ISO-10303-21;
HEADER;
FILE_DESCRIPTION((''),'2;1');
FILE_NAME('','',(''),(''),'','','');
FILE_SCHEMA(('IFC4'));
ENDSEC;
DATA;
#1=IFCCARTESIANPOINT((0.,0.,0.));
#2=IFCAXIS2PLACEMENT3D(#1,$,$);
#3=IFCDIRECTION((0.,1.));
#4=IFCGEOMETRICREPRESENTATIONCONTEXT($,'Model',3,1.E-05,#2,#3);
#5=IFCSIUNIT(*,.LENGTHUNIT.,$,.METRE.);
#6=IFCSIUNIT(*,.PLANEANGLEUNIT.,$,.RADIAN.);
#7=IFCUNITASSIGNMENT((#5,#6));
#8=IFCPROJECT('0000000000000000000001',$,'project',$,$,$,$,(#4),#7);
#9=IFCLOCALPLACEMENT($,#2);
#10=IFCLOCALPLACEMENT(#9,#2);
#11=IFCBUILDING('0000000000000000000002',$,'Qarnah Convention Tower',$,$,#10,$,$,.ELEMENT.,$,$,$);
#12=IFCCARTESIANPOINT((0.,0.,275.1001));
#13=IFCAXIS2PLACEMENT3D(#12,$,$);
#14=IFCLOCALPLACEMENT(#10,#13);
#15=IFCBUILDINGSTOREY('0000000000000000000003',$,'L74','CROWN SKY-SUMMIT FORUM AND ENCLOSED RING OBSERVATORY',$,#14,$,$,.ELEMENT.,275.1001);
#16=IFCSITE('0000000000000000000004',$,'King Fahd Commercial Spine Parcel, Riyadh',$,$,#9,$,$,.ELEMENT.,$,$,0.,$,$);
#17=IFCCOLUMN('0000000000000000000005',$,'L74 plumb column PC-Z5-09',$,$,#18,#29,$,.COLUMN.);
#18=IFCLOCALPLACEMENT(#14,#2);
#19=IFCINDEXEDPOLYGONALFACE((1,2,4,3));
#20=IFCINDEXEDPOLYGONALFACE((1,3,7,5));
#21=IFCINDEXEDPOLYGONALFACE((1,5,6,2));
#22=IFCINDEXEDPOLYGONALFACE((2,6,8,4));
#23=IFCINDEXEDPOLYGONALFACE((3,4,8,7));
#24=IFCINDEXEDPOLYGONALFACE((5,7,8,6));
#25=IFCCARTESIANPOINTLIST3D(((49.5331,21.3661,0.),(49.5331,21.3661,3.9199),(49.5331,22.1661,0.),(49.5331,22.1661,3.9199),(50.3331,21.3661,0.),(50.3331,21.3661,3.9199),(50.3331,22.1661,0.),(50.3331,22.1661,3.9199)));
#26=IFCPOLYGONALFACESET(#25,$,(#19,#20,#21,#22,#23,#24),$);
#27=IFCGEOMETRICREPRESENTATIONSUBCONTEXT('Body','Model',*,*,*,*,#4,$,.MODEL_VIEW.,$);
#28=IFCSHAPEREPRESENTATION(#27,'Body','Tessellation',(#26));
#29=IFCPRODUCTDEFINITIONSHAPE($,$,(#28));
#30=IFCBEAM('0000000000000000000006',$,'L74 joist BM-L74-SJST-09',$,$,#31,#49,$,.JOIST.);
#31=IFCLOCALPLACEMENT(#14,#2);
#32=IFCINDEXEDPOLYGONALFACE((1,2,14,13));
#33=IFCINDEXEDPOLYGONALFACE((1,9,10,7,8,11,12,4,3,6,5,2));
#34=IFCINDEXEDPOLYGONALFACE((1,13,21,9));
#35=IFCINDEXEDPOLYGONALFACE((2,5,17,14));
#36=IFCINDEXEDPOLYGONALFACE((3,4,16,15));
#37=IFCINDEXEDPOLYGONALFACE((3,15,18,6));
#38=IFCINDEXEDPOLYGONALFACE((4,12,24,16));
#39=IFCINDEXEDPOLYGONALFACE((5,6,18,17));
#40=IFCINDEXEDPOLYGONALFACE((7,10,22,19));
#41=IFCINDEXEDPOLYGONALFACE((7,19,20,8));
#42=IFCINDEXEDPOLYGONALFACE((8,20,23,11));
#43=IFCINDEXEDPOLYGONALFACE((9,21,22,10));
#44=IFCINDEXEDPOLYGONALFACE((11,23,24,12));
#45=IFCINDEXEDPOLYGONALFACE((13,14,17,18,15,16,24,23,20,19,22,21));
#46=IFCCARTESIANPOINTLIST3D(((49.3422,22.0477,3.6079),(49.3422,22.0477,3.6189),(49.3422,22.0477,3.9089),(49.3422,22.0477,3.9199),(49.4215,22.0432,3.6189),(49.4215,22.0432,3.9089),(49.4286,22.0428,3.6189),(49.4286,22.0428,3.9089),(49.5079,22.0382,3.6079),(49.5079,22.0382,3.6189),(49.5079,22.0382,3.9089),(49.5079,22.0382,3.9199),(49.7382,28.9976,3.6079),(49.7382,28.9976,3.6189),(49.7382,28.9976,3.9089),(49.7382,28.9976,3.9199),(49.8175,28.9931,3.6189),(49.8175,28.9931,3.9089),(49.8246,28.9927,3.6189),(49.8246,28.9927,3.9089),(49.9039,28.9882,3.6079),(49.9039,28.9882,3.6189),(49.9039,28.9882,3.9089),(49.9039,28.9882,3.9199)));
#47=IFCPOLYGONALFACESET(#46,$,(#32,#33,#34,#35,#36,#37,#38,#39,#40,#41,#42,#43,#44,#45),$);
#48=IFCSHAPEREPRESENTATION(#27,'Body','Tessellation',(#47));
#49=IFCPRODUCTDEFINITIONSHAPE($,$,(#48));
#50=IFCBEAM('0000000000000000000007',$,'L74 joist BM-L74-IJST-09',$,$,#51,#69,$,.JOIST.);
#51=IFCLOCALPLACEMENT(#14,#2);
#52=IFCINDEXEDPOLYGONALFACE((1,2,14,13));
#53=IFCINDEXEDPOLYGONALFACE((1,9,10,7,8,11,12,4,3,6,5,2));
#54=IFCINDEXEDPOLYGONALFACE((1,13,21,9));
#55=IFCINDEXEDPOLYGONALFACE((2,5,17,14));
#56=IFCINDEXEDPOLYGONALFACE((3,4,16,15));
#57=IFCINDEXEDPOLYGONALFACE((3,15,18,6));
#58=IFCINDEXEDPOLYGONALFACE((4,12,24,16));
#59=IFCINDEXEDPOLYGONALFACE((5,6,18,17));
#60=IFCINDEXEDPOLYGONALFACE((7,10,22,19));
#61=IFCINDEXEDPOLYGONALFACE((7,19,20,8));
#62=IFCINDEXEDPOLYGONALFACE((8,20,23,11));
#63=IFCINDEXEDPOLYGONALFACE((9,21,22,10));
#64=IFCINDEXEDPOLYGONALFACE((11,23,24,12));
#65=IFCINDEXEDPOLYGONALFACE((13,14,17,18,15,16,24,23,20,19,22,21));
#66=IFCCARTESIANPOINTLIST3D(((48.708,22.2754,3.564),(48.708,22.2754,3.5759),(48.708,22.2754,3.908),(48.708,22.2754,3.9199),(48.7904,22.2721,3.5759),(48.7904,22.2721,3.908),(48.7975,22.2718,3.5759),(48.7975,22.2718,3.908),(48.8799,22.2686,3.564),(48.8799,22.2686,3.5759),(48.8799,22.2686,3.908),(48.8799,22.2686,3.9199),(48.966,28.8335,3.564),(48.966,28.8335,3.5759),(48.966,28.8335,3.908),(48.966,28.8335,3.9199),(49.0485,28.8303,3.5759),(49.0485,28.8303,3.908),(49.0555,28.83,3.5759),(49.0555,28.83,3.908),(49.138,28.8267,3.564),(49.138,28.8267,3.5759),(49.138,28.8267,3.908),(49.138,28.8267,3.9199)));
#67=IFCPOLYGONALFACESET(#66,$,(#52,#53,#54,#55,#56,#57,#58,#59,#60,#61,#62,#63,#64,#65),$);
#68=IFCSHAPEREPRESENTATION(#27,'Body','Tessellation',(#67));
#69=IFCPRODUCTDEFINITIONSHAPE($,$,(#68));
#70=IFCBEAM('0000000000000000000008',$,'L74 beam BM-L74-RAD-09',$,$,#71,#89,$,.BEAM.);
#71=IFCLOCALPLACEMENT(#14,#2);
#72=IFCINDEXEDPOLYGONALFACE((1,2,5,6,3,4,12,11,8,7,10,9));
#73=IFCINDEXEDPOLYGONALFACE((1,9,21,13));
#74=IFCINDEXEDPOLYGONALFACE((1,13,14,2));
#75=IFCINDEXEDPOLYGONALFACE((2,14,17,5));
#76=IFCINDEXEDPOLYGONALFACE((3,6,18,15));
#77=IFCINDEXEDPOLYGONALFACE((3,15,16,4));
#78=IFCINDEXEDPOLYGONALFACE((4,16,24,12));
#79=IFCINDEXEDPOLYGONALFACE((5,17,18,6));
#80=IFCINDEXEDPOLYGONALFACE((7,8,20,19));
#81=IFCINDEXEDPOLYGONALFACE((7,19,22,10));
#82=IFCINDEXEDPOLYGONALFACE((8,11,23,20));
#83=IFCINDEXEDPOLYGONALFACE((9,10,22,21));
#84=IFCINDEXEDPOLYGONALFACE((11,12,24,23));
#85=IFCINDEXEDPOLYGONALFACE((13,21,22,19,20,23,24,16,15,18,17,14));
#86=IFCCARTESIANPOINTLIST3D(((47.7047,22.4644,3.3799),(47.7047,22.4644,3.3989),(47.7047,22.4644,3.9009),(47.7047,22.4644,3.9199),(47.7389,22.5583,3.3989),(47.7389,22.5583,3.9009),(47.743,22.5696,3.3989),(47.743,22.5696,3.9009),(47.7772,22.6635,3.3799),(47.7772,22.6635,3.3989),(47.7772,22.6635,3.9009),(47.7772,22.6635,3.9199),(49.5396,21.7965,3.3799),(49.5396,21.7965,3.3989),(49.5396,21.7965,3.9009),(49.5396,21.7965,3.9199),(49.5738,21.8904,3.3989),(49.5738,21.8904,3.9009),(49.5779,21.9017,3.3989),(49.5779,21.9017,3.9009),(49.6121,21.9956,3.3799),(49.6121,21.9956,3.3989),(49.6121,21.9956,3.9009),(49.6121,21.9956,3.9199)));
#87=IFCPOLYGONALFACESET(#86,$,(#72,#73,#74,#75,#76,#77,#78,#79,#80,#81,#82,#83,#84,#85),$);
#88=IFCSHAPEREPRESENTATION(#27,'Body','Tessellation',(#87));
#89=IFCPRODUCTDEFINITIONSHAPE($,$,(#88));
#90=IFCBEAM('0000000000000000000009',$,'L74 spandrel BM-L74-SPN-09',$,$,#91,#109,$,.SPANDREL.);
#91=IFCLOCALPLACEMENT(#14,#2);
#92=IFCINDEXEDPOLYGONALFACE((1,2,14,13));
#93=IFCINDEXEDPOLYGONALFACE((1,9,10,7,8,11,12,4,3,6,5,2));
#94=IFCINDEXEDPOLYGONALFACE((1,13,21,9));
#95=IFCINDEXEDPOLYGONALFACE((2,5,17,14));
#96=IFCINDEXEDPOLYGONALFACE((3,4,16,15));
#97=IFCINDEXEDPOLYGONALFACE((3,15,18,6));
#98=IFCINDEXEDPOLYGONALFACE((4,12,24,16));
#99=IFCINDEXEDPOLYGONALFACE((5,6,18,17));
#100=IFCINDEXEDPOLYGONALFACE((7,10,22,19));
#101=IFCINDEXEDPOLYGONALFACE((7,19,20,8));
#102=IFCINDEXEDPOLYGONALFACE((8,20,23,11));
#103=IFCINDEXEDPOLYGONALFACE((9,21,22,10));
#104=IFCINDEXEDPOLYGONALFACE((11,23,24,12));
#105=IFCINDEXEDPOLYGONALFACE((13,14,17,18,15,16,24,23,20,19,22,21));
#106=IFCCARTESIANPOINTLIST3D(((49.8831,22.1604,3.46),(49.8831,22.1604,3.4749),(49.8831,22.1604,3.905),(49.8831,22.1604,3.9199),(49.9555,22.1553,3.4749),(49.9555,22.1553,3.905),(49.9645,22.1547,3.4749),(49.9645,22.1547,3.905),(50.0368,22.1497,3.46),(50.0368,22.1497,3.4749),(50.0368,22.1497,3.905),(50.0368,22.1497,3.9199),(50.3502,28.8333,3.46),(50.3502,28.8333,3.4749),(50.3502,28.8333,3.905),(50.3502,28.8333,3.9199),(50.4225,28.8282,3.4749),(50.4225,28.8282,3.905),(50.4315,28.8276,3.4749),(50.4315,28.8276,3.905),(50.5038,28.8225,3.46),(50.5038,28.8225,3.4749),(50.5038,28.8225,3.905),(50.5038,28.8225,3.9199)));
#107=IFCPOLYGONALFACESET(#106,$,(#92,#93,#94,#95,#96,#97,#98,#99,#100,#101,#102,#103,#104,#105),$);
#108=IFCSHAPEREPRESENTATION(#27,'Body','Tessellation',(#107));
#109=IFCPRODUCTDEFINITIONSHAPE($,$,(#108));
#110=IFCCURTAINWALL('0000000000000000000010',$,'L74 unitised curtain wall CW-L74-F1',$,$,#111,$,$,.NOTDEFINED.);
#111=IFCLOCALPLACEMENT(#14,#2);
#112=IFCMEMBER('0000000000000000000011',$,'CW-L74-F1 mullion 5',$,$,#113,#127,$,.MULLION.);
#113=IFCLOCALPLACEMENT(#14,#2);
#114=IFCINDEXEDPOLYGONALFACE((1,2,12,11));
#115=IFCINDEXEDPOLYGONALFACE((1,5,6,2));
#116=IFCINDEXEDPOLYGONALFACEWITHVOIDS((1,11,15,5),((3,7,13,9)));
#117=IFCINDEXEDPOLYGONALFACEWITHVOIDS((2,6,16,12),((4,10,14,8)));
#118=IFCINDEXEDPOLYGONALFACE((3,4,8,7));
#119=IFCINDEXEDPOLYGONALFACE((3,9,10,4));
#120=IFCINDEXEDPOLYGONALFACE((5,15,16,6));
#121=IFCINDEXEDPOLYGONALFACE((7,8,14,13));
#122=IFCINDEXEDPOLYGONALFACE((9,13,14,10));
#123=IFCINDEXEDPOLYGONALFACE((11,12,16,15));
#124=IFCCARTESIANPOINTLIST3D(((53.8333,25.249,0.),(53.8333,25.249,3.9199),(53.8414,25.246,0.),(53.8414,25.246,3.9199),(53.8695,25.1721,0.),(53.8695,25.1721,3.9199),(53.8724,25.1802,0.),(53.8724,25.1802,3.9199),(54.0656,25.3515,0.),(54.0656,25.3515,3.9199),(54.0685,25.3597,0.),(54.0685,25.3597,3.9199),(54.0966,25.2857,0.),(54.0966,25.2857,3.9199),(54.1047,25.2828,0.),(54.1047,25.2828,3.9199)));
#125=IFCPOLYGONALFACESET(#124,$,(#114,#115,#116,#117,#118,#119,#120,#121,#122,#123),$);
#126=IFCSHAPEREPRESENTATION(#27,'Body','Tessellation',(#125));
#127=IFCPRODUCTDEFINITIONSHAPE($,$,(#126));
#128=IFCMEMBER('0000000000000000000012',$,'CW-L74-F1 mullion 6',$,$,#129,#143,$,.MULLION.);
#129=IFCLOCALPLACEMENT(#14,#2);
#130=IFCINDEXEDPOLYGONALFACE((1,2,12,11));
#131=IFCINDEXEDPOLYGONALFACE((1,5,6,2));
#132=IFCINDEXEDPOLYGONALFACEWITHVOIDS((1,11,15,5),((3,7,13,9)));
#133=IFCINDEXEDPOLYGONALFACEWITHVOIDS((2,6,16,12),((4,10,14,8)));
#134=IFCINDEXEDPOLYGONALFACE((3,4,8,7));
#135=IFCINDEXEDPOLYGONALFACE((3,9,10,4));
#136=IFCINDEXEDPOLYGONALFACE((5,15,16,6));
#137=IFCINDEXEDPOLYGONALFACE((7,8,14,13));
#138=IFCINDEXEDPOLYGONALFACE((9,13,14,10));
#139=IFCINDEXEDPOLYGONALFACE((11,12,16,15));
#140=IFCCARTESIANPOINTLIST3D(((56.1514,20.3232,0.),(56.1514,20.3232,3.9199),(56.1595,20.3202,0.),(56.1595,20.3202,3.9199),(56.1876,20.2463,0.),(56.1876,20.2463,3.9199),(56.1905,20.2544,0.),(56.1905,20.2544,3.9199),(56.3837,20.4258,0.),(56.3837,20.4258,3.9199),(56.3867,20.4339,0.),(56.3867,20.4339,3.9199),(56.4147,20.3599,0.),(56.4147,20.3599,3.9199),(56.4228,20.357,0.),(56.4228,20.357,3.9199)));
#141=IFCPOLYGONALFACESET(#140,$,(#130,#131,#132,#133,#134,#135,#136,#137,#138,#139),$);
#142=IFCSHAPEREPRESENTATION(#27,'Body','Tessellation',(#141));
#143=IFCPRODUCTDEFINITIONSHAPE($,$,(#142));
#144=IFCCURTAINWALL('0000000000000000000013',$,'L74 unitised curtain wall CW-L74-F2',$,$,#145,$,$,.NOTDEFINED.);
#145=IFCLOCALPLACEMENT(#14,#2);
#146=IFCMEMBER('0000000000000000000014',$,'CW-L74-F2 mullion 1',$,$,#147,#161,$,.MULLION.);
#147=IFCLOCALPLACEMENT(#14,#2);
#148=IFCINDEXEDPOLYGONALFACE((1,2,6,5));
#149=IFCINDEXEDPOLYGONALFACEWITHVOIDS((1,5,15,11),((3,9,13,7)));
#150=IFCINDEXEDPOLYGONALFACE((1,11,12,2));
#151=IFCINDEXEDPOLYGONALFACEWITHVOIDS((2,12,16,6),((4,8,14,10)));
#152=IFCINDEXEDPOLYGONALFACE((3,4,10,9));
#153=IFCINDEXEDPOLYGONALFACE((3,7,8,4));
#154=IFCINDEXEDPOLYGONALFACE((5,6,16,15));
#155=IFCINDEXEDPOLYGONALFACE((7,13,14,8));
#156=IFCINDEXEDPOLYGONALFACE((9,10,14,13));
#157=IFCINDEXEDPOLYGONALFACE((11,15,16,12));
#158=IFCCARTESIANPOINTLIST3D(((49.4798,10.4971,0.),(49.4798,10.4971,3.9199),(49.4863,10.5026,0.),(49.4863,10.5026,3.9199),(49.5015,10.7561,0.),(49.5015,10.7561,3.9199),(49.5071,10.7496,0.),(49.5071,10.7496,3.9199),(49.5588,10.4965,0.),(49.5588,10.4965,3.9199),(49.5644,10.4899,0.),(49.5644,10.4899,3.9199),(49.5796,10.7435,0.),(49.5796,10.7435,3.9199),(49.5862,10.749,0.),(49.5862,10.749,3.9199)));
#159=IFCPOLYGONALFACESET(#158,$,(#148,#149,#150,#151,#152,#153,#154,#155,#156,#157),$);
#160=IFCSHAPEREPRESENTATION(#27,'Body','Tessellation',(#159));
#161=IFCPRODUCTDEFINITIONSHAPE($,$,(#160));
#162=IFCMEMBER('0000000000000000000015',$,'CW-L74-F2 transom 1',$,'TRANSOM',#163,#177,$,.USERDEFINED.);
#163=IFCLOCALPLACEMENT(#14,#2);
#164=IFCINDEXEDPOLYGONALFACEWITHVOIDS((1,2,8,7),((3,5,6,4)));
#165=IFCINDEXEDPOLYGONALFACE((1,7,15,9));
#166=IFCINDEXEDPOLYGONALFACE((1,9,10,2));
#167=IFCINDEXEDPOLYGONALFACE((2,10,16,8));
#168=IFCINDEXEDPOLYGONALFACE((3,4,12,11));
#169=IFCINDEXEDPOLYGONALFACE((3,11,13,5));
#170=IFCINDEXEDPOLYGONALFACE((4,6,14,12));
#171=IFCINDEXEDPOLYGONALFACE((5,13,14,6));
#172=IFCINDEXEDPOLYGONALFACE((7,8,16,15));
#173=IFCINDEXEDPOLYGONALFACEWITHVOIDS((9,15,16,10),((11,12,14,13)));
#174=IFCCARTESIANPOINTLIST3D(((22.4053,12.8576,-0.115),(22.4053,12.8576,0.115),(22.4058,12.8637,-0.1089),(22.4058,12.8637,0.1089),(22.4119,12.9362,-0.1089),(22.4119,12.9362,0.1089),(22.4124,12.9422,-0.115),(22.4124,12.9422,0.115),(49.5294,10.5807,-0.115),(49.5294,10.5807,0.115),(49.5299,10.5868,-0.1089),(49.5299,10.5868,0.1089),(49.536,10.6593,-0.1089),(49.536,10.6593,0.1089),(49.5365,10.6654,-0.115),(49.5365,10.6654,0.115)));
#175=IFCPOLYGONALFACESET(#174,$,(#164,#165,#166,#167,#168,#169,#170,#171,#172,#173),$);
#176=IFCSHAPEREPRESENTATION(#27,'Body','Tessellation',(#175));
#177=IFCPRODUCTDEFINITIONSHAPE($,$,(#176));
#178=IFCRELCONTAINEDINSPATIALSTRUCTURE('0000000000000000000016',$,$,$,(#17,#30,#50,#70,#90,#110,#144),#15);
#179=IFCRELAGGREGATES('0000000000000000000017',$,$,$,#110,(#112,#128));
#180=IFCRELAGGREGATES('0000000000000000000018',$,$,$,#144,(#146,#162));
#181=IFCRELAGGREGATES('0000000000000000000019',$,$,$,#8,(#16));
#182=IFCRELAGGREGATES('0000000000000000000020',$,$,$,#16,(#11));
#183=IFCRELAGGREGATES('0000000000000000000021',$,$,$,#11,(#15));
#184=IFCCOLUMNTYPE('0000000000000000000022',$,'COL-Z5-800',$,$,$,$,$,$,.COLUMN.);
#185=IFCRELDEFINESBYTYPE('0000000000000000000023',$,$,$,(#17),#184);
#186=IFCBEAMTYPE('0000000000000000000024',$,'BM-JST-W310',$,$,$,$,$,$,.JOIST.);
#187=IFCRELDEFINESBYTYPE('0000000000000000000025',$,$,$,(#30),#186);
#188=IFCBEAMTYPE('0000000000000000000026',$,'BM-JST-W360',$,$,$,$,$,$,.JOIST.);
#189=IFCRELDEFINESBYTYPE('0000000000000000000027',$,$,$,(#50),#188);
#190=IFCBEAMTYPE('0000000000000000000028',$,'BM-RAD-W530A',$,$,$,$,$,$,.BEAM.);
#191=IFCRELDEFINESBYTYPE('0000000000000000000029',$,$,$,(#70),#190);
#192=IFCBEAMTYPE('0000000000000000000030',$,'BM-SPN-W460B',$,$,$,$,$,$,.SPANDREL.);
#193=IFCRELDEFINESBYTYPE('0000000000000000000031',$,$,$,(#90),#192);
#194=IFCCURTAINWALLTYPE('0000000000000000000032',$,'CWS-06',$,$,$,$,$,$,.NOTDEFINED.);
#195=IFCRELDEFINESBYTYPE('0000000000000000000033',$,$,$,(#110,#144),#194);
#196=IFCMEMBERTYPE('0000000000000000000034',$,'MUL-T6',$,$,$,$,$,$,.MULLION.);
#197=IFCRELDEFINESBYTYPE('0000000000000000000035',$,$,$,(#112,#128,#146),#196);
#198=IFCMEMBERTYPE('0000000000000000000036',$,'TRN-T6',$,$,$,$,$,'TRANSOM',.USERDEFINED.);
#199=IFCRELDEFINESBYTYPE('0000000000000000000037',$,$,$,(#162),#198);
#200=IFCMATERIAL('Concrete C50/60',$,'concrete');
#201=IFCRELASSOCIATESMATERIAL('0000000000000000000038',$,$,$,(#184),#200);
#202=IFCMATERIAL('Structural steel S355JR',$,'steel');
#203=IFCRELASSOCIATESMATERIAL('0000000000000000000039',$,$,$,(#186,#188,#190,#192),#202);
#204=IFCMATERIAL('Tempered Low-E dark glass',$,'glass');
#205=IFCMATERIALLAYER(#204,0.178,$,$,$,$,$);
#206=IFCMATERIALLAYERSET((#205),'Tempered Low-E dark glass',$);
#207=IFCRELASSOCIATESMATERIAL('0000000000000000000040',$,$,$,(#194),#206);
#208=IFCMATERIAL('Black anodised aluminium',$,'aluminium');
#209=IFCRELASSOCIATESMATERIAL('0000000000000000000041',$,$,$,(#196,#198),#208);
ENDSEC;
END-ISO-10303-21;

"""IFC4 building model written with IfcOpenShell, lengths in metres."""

from ifc_helpers import new_model, si_unit, direction, frame, origin, origin_2d, place, context, subcontext, project, spatial, rectangle, hollow_rectangle, i_section, extrude, material, layer, layer_set, material_profile, profile_set, type_object, element, aggregate, save


model = new_model("IFC4")

# Units and contexts
model_context = context("Model", 3, precision=1e-05, world=origin(), true_north=direction((0.0, 1.0)))
body_context = subcontext(model_context, "Body", "Model", "MODEL_VIEW")
ifc_project = project(units=[si_unit("LENGTHUNIT", "METRE"), si_unit("PLANEANGLEUNIT", "RADIAN")], contexts=[model_context])

# Site, building, storey
site_placement = place(None, origin())
site = spatial("IfcSite", under=ifc_project, at=site_placement, Name="King Fahd Commercial Spine Parcel, Riyadh", CompositionType="ELEMENT", RefElevation=0.0)
building_placement = place(site_placement, origin())
building = spatial("IfcBuilding", under=site, at=building_placement, Name="Qarnah Convention Tower", CompositionType="ELEMENT")
storey_placement = place(building_placement, frame((0.0, 0.0, 275.1001)))
storey = spatial("IfcBuildingStorey", under=building, at=storey_placement, Name="L74", Description="CROWN SKY-SUMMIT FORUM AND ENCLOSED RING OBSERVATORY", CompositionType="ELEMENT", Elevation=275.1001)

# Column
ifc_material_1 = material(Name="Concrete C50/60", Category="concrete")
ifc_material_profile_1 = material_profile(ifc_material_1, rectangle(XDim=0.8, YDim=0.8, at=origin_2d()), Name="RC-COL-800X800")
ifc_profile_set_1 = profile_set([ifc_material_profile_1], Name="Concrete C50/60")
column_type = type_object("IfcColumnType", Name="COL-Z5-800", PredefinedType="COLUMN", material=ifc_profile_set_1)
column_placement = place(storey_placement, frame((49.9331, 21.7661, 0.0), z_axis=(0.0, 0.0, 1.0), x_axis=(1.0, 0.0, 0.0)))
element("IfcColumn", 1, at=column_placement, inside=storey, type_object=column_type, Name="L74 plumb column PC-Z5-09", PredefinedType="COLUMN", context=body_context, shape_type="SweptSolid", body=[
    extrude(rectangle(XDim=0.8, YDim=0.8, at=origin_2d()), origin(), (0.0, 0.0, 1.0), 3.9199),
])

# Beams
ifc_material_2 = material(Name="Structural steel S355JR", Category="steel")
ifc_material_profile_2 = material_profile(ifc_material_2, i_section(OverallWidth=0.166, OverallDepth=0.312, WebThickness=0.0071, FlangeThickness=0.011, at=origin_2d()), Name="W310X45")
ifc_profile_set_2 = profile_set([ifc_material_profile_2], Name="Structural steel S355JR")
beam_type_1 = type_object("IfcBeamType", Name="BM-JST-W310", PredefinedType="JOIST", material=ifc_profile_set_2)
beam_1_placement = place(storey_placement, frame((49.425, 22.043, 3.7639), z_axis=(0.056886, 0.998381, 0.0), x_axis=(-0.998381, 0.056886, 0.0)))
element("IfcBeam", 2, at=beam_1_placement, inside=storey, type_object=beam_type_1, Name="L74 joist BM-L74-SJST-09", PredefinedType="JOIST", context=body_context, shape_type="SweptSolid", body=[
    extrude(i_section(OverallWidth=0.166, OverallDepth=0.312, WebThickness=0.0071, FlangeThickness=0.011, at=origin_2d()), origin(), (0.0, 0.0, 1.0), 6.9612),
])
ifc_material_profile_3 = material_profile(ifc_material_2, i_section(OverallWidth=0.1721, OverallDepth=0.356, WebThickness=0.0071, FlangeThickness=0.012, at=origin_2d()), Name="W360X51")
ifc_profile_set_3 = profile_set([ifc_material_profile_3], Name="Structural steel S355JR")
beam_type_2 = type_object("IfcBeamType", Name="BM-JST-W360", PredefinedType="JOIST", material=ifc_profile_set_3)
beam_2_placement = place(storey_placement, frame((48.7939, 22.272, 3.7419), z_axis=(0.039319, 0.999227, 0.0), x_axis=(-0.999227, 0.039319, 0.0)))
element("IfcBeam", 3, at=beam_2_placement, inside=storey, type_object=beam_type_2, Name="L74 joist BM-L74-IJST-09", PredefinedType="JOIST", context=body_context, shape_type="SweptSolid", body=[
    extrude(i_section(OverallWidth=0.1721, OverallDepth=0.356, WebThickness=0.0071, FlangeThickness=0.012, at=origin_2d()), origin(), (0.0, 0.0, 1.0), 6.5632),
])
ifc_material_profile_4 = material_profile(ifc_material_2, i_section(OverallWidth=0.2119, OverallDepth=0.54, WebThickness=0.012, FlangeThickness=0.019, at=origin_2d()), Name="W530X109")
ifc_profile_set_4 = profile_set([ifc_material_profile_4], Name="Structural steel S355JR")
beam_type_3 = type_object("IfcBeamType", Name="BM-RAD-W530A", PredefinedType="BEAM", material=ifc_profile_set_4)
beam_3_placement = place(storey_placement, frame((47.741, 22.564, 3.6499), z_axis=(0.939677, -0.342064, 0.0), x_axis=(0.342064, 0.939677, 0.0)))
element("IfcBeam", 4, at=beam_3_placement, inside=storey, type_object=beam_type_3, Name="L74 beam BM-L74-RAD-09", PredefinedType="BEAM", context=body_context, shape_type="SweptSolid", body=[
    extrude(i_section(OverallWidth=0.2119, OverallDepth=0.54, WebThickness=0.012, FlangeThickness=0.019, at=origin_2d()), origin(), (0.0, 0.0, 1.0), 1.9526),
])
ifc_material_profile_5 = material_profile(ifc_material_2, i_section(OverallWidth=0.1541, OverallDepth=0.46, WebThickness=0.009, FlangeThickness=0.0149, at=origin_2d()), Name="W460X68")
ifc_profile_set_5 = profile_set([ifc_material_profile_5], Name="Structural steel S355JR")
beam_type_4 = type_object("IfcBeamType", Name="BM-SPN-W460B", PredefinedType="SPANDREL", material=ifc_profile_set_5)
beam_4_placement = place(storey_placement, frame((49.96, 22.155, 3.6899), z_axis=(0.06982, 0.99756, 0.0), x_axis=(-0.99756, 0.06982, 0.0)))
element("IfcBeam", 5, at=beam_4_placement, inside=storey, type_object=beam_type_4, Name="L74 spandrel BM-L74-SPN-09", PredefinedType="SPANDREL", context=body_context, shape_type="SweptSolid", body=[
    extrude(i_section(OverallWidth=0.1541, OverallDepth=0.46, WebThickness=0.009, FlangeThickness=0.0149, at=origin_2d()), origin(), (0.0, 0.0, 1.0), 6.6892),
])

# Curtain walls, members
ifc_material_3 = material(Name="Tempered Low-E dark glass", Category="glass")
ifc_layer_1 = layer(ifc_material_3, 0.178)
ifc_layer_set_1 = layer_set([ifc_layer_1], Name="Tempered Low-E dark glass")
curtain_wall_type = type_object("IfcCurtainWallType", Name="CWS-06", PredefinedType="NOTDEFINED", material=ifc_layer_set_1)
curtain_wall_1_placement = place(storey_placement, origin())
curtain_wall_1 = element("IfcCurtainWall", 6, at=curtain_wall_1_placement, inside=storey, type_object=curtain_wall_type, Name="L74 unitised curtain wall CW-L74-F1", PredefinedType="NOTDEFINED")
ifc_material_4 = material(Name="Black anodised aluminium", Category="aluminium")
ifc_material_profile_6 = material_profile(ifc_material_4, hollow_rectangle(XDim=0.085, YDim=0.26, WallThickness=0.0061, at=origin_2d()), Name="MUL-85X260")
ifc_profile_set_6 = profile_set([ifc_material_profile_6], Name="Black anodised aluminium")
member_type_1 = type_object("IfcMemberType", Name="MUL-T6", PredefinedType="MULLION", material=ifc_profile_set_6)
member_1_placement = place(storey_placement, frame((53.969, 25.2659, 0.0), z_axis=(0.0, 0.0, 1.0), x_axis=(0.425794, -0.90482, 0.0)))
member_1 = element("IfcMember", 7, at=member_1_placement, type_object=member_type_1, Name="CW-L74-F1 mullion 5", PredefinedType="MULLION", context=body_context, shape_type="SweptSolid", body=[
    extrude(hollow_rectangle(XDim=0.085, YDim=0.26, WallThickness=0.0061, at=origin_2d()), origin(), (0.0, 0.0, 1.0), 3.9199),
])
member_2_placement = place(storey_placement, frame((56.2871, 20.3401, 0.0), z_axis=(0.0, 0.0, 1.0), x_axis=(0.425794, -0.90482, 0.0)))
member_2 = element("IfcMember", 8, at=member_2_placement, type_object=member_type_1, Name="CW-L74-F1 mullion 6", PredefinedType="MULLION", context=body_context, shape_type="SweptSolid", body=[
    extrude(hollow_rectangle(XDim=0.085, YDim=0.26, WallThickness=0.0061, at=origin_2d()), origin(), (0.0, 0.0, 1.0), 3.9199),
])
curtain_wall_2_placement = place(storey_placement, origin())
curtain_wall_2 = element("IfcCurtainWall", 9, at=curtain_wall_2_placement, inside=storey, type_object=curtain_wall_type, Name="L74 unitised curtain wall CW-L74-F2", PredefinedType="NOTDEFINED")
member_3_placement = place(storey_placement, frame((49.533, 10.623, 0.0), z_axis=(0.0, 0.0, 1.0), x_axis=(-0.996495, 0.083654, 0.0)))
member_3 = element("IfcMember", 10, at=member_3_placement, type_object=member_type_1, Name="CW-L74-F2 mullion 1", PredefinedType="MULLION", context=body_context, shape_type="SweptSolid", body=[
    extrude(hollow_rectangle(XDim=0.085, YDim=0.26, WallThickness=0.0061, at=origin_2d()), origin(), (0.0, 0.0, 1.0), 3.9199),
])
ifc_material_profile_7 = material_profile(ifc_material_4, hollow_rectangle(XDim=0.085, YDim=0.23, WallThickness=0.0061, at=origin_2d()), Name="TRN-85X230")
ifc_profile_set_7 = profile_set([ifc_material_profile_7], Name="Black anodised aluminium")
member_type_2 = type_object("IfcMemberType", Name="TRN-T6", ElementType="TRANSOM", PredefinedType="USERDEFINED", material=ifc_profile_set_7)
member_4_placement = place(storey_placement, frame((49.533, 10.623, 0.0), z_axis=(-0.996495, 0.083648, 0.0), x_axis=(-0.083648, -0.996495, 0.0)))
member_4 = element("IfcMember", 11, at=member_4_placement, type_object=member_type_2, Name="CW-L74-F2 transom 1", ObjectType="TRANSOM", PredefinedType="USERDEFINED", context=body_context, shape_type="SweptSolid", body=[
    extrude(hollow_rectangle(XDim=0.085, YDim=0.23, WallThickness=0.0061, at=origin_2d()), origin(), (0.0, 0.0, 1.0), 27.2195),
])

aggregate(curtain_wall_1, [member_1, member_2])
aggregate(curtain_wall_2, [member_3, member_4])

save(model, "model.ifc")
